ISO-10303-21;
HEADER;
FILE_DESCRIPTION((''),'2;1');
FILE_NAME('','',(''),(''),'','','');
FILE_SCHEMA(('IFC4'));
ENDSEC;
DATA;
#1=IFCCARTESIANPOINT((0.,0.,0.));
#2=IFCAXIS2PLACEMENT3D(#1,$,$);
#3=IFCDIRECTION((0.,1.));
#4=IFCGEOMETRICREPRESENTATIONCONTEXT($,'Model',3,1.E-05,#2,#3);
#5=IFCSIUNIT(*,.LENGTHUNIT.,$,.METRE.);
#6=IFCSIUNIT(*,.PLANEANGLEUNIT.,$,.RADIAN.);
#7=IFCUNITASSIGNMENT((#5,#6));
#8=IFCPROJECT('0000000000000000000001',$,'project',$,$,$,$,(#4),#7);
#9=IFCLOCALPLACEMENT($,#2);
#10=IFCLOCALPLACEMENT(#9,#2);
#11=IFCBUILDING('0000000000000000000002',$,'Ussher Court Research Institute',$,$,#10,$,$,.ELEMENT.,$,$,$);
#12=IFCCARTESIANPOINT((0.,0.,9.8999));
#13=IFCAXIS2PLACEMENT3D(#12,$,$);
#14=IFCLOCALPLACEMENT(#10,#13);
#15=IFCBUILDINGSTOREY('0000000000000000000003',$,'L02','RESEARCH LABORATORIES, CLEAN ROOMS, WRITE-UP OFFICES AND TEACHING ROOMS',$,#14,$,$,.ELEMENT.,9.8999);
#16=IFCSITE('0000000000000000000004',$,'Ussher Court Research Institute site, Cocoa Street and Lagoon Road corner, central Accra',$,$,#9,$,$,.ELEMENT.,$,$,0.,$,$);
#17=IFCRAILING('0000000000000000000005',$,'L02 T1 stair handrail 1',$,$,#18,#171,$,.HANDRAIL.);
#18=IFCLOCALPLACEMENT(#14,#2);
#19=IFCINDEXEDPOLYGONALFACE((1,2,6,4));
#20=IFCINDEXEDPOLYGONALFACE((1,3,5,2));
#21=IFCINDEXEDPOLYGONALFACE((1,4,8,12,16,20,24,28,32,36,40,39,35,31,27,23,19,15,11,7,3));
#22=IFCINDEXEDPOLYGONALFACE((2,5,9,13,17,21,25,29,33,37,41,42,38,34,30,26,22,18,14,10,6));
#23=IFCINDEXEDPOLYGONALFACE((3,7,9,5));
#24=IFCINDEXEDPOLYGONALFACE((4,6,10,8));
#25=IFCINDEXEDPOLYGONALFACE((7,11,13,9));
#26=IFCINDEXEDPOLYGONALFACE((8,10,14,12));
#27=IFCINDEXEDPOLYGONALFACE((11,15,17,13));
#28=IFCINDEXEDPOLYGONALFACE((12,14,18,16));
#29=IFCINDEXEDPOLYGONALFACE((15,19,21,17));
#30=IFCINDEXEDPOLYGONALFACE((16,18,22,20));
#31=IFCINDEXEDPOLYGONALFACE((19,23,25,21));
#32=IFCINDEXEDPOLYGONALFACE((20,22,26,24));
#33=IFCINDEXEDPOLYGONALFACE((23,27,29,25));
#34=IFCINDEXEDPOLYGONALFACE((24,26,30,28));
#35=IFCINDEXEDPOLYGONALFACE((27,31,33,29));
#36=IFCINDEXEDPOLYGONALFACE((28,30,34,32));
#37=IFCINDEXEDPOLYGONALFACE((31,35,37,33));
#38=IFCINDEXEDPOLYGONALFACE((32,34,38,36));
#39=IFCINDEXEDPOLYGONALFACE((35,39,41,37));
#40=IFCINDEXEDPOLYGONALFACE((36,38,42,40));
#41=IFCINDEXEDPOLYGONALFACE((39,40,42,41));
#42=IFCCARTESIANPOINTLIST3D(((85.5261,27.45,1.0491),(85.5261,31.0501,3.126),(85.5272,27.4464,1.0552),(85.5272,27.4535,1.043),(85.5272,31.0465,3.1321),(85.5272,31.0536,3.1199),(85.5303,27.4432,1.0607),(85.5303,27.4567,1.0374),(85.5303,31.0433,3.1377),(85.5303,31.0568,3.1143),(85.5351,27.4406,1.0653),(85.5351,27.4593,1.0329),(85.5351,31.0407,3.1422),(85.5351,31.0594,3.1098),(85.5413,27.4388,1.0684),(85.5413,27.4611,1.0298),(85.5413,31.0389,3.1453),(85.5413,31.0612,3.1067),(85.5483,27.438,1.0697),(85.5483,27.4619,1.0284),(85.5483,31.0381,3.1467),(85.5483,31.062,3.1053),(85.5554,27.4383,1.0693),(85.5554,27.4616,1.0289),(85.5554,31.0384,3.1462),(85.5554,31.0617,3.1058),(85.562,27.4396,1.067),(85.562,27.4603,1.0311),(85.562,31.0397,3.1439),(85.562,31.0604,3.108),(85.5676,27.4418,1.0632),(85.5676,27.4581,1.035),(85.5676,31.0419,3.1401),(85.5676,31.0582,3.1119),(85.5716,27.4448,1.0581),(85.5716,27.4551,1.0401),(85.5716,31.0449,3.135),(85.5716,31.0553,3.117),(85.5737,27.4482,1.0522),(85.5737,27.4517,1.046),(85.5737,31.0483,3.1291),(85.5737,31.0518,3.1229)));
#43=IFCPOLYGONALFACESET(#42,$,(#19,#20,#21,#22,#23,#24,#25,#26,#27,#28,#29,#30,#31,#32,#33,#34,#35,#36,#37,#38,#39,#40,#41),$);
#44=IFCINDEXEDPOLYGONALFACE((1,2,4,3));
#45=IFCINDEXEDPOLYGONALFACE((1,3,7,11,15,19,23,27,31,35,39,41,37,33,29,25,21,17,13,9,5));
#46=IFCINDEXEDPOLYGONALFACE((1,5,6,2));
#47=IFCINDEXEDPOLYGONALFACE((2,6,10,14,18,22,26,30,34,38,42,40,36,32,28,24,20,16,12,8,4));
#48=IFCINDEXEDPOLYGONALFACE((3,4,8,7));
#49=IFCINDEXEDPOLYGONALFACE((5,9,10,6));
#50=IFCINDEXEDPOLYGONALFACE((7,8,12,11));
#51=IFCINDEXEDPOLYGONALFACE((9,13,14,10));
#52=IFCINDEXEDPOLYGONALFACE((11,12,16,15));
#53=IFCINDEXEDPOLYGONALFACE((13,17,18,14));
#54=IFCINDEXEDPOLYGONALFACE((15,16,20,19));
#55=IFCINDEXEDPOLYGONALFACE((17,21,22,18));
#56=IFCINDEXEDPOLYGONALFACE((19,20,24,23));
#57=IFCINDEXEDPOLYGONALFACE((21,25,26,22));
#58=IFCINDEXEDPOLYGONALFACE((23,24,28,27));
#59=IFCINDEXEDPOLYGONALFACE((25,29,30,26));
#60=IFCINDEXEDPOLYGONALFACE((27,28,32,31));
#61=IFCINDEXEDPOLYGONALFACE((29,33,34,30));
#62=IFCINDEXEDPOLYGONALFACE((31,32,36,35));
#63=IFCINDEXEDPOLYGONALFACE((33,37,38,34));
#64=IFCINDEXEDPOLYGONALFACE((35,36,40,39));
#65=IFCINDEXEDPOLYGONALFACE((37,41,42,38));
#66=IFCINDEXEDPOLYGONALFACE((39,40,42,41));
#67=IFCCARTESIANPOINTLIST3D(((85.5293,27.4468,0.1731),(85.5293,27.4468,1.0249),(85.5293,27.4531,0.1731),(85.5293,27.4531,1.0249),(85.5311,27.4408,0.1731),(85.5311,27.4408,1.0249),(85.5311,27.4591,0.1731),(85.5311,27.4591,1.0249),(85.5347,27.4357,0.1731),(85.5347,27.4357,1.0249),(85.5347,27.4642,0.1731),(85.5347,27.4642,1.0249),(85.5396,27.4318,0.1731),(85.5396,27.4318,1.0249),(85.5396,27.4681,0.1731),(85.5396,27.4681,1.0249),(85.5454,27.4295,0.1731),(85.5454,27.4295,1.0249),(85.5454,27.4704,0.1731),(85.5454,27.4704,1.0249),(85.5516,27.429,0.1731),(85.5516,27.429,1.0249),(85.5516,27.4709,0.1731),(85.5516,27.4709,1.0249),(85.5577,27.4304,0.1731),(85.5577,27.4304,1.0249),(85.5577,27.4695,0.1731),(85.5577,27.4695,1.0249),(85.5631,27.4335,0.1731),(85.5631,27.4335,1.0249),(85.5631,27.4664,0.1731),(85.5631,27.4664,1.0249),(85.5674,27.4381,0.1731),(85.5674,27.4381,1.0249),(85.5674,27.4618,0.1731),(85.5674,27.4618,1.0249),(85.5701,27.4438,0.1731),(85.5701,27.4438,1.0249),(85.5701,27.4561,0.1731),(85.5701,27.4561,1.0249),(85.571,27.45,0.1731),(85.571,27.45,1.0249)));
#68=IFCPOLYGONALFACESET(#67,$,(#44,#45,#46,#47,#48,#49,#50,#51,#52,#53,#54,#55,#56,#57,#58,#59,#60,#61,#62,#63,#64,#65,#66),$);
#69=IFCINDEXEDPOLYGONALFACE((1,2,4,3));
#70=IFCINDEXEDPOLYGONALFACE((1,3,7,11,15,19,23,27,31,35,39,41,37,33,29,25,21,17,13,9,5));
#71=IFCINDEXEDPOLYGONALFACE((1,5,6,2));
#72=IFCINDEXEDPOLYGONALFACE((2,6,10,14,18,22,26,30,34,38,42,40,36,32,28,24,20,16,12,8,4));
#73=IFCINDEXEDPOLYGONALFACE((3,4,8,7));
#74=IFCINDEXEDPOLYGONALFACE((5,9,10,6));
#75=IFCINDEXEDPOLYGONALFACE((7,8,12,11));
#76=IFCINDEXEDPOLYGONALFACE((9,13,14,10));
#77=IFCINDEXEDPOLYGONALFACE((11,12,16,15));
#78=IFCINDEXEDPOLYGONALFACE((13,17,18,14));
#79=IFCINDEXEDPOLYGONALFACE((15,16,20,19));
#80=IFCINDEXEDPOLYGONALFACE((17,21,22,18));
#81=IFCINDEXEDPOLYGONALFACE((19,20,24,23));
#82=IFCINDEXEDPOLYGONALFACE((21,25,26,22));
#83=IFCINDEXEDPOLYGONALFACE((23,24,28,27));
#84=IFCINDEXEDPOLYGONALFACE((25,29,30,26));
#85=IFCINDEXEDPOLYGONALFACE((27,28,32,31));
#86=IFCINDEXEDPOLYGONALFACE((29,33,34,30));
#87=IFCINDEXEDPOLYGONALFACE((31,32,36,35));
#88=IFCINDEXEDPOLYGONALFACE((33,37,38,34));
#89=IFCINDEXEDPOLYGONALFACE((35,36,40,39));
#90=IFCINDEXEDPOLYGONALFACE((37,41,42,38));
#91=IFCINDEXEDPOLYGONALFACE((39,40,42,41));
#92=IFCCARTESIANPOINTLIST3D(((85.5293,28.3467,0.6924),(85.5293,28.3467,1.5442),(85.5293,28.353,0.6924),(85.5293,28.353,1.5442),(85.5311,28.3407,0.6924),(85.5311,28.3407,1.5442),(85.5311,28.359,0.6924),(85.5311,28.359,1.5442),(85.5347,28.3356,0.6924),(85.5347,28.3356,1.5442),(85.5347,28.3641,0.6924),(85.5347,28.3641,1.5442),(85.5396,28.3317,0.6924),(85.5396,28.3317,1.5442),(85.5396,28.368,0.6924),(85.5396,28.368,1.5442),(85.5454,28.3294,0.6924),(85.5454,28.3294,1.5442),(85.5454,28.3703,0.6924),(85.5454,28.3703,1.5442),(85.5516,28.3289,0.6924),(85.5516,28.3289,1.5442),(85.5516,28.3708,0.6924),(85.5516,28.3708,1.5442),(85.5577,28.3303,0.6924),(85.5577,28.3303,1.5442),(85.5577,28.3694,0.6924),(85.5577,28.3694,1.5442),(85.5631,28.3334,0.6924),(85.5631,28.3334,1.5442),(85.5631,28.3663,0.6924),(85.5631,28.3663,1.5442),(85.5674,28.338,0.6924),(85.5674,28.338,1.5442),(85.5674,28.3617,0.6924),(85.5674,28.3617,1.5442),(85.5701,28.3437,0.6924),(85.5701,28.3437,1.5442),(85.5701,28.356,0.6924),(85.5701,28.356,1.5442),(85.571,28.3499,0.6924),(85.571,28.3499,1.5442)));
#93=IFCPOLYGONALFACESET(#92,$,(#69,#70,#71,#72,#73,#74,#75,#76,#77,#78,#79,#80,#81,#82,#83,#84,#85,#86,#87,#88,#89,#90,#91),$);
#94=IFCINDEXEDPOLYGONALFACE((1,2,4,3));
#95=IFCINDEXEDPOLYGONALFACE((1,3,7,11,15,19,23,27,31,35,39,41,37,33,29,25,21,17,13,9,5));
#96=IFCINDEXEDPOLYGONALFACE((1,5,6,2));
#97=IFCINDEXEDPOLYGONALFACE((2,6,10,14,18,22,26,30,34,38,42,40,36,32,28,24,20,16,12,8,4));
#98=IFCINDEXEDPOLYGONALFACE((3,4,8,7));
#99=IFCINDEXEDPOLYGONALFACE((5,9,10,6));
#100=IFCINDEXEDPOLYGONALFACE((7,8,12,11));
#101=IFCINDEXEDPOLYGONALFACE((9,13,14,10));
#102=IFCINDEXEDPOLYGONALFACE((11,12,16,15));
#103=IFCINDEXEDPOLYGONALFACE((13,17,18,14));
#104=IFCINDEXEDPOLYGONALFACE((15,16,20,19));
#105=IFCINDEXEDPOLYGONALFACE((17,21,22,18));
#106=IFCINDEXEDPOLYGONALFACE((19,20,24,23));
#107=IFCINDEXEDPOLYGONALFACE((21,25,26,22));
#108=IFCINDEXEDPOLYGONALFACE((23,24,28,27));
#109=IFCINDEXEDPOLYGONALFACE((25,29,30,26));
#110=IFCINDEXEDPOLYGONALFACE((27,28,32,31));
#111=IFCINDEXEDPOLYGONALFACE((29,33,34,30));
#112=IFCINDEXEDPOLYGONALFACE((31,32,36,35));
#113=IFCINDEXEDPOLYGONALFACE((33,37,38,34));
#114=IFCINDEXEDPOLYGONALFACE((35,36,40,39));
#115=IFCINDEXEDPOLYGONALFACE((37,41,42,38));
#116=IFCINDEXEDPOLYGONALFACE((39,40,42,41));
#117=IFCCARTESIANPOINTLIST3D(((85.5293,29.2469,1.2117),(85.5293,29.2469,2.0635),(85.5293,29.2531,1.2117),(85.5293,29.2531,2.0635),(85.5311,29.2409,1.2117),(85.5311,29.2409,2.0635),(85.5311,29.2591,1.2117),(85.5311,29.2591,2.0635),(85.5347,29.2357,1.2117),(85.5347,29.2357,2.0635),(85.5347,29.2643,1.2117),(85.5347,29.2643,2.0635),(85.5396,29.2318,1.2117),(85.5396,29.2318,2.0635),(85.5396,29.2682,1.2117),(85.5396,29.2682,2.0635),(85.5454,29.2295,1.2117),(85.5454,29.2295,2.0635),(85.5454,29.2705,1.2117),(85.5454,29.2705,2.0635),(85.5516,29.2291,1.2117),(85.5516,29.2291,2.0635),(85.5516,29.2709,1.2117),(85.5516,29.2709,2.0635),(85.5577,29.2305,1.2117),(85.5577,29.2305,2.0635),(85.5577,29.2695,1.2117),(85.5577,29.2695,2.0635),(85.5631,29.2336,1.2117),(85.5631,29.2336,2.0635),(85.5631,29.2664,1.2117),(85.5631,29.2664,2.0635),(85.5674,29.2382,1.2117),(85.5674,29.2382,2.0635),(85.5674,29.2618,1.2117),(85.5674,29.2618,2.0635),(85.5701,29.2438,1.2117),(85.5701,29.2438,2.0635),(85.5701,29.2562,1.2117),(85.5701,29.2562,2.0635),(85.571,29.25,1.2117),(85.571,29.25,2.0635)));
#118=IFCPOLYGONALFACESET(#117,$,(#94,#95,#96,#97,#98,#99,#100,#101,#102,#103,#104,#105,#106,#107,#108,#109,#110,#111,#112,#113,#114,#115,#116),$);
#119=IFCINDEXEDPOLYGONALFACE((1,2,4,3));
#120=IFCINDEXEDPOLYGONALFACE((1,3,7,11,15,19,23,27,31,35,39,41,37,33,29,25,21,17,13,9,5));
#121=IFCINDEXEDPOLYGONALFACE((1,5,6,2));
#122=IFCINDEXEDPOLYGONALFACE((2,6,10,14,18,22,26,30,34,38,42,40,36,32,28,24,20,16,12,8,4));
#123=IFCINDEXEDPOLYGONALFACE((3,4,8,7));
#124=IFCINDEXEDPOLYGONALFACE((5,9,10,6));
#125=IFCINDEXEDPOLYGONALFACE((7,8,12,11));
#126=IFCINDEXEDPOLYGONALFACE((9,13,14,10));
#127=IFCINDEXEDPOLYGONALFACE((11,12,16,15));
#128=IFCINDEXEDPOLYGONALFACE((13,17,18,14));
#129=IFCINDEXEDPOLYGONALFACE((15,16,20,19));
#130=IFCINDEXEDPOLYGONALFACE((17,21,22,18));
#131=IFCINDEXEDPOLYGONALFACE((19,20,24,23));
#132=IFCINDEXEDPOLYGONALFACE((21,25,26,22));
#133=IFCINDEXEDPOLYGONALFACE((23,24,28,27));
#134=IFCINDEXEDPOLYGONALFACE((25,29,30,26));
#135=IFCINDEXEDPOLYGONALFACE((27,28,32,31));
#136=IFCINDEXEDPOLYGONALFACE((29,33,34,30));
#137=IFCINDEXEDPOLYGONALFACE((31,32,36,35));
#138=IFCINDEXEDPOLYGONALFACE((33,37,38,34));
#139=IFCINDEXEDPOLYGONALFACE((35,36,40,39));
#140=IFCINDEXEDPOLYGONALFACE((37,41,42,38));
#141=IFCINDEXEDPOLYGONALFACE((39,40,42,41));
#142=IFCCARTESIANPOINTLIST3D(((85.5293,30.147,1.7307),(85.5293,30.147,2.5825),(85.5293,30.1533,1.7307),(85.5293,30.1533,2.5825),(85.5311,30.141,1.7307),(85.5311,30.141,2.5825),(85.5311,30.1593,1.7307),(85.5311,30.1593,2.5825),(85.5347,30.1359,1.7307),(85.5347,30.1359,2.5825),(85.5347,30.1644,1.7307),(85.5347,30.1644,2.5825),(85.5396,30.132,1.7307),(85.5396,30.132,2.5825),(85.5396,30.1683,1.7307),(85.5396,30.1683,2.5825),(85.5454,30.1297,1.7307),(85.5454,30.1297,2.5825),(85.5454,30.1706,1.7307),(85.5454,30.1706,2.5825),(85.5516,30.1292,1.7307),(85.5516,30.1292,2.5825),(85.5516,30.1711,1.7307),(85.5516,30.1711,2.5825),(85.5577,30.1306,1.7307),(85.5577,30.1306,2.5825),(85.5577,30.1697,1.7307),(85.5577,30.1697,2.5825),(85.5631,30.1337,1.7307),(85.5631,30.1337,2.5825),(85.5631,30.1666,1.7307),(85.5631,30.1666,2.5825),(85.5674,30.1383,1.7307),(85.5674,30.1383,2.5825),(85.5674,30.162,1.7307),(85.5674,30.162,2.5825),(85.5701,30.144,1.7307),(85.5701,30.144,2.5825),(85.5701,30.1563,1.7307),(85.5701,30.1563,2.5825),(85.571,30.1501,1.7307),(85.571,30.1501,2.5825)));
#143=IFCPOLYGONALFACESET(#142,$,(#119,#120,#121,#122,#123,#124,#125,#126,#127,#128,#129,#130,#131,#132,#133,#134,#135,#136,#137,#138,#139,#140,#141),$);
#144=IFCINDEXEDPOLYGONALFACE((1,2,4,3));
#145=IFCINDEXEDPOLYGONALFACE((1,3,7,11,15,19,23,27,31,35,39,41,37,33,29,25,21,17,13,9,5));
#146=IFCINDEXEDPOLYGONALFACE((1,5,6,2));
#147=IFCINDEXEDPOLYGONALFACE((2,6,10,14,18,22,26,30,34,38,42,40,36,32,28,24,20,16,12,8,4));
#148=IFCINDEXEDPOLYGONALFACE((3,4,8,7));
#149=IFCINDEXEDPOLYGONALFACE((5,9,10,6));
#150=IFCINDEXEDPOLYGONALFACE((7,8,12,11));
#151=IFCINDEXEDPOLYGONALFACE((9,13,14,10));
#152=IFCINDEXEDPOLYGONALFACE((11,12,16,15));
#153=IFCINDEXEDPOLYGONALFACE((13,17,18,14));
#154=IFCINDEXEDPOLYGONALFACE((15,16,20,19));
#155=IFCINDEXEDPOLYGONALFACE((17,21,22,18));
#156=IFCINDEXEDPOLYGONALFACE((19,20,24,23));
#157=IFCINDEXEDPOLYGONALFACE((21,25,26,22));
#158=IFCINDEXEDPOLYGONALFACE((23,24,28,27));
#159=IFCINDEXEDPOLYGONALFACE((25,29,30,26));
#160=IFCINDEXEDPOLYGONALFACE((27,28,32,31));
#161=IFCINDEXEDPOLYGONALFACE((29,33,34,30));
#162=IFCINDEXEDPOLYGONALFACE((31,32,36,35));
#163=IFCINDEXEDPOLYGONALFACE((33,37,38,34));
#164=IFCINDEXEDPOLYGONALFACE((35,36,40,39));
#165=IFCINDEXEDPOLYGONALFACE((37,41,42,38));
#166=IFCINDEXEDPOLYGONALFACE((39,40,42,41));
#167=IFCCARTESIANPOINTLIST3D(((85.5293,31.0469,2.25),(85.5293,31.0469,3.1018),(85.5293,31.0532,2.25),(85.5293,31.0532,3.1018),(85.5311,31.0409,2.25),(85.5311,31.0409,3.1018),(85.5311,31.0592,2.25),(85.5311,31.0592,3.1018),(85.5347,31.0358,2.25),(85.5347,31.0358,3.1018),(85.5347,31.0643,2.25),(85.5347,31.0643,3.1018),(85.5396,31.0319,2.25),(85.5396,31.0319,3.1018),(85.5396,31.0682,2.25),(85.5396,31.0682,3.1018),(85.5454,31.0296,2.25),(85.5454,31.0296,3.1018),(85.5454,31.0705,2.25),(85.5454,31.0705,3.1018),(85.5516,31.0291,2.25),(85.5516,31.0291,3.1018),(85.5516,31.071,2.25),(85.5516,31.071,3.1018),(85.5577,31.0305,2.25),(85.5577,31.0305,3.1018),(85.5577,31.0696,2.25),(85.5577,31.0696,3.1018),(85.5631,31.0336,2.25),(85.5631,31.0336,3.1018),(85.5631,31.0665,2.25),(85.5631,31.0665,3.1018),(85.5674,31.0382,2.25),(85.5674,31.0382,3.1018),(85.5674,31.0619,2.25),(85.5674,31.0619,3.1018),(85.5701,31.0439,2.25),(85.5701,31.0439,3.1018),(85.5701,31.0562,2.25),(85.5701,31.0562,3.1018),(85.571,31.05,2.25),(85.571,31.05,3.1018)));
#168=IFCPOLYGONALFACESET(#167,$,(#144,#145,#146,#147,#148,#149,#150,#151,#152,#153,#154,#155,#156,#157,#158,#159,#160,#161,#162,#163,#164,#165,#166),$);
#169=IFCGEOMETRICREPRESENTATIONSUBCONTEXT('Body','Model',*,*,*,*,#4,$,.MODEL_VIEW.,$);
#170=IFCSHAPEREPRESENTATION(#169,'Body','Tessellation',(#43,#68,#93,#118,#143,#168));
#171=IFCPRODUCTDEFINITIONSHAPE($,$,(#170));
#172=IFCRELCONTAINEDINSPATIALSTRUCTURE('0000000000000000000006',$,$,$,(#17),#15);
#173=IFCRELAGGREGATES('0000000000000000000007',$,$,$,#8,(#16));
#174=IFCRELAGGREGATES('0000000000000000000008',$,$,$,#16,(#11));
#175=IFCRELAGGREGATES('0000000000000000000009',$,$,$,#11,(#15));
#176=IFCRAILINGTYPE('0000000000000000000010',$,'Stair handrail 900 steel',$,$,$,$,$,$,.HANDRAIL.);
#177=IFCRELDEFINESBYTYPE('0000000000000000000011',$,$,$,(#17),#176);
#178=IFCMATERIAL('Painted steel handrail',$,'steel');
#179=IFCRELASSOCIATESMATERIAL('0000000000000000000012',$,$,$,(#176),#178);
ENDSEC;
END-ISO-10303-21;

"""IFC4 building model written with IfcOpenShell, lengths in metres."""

from ifc_helpers import new_model, si_unit, direction, frame, origin, origin_2d, place, context, subcontext, project, spatial, circle, extrude, material, type_object, element, save


model = new_model("IFC4")

# Units and contexts
model_context = context("Model", 3, precision=1e-05, world=origin(), true_north=direction((0.0, 1.0)))
body_context = subcontext(model_context, "Body", "Model", "MODEL_VIEW")
ifc_project = project(units=[si_unit("LENGTHUNIT", "METRE"), si_unit("PLANEANGLEUNIT", "RADIAN")], contexts=[model_context])

# Site, building, storey
site_placement = place(None, origin())
site = spatial("IfcSite", under=ifc_project, at=site_placement, Name="Ussher Court Research Institute site, Cocoa Street and Lagoon Road corner, central Accra", CompositionType="ELEMENT", RefElevation=0.0)
building_placement = place(site_placement, origin())
building = spatial("IfcBuilding", under=site, at=building_placement, Name="Ussher Court Research Institute", CompositionType="ELEMENT")
storey_placement = place(building_placement, frame((0.0, 0.0, 9.8999)))
storey = spatial("IfcBuildingStorey", under=building, at=storey_placement, Name="L02", Description="RESEARCH LABORATORIES, CLEAN ROOMS, WRITE-UP OFFICES AND TEACHING ROOMS", CompositionType="ELEMENT", Elevation=9.8999)

# Railing
ifc_material_1 = material(Name="Painted steel handrail", Category="steel")
railing_type_1 = type_object("IfcRailingType", Name="Stair handrail 900 steel", PredefinedType="HANDRAIL", material=ifc_material_1)
railing_1_placement = place(storey_placement, frame((85.55, 27.45, 0.1731)))
element("IfcRailing", 1, at=railing_1_placement, inside=storey, type_object=railing_type_1, Name="L02 T1 stair handrail 1", PredefinedType="HANDRAIL", context=body_context, shape_type="SweptSolid", body=[
    extrude(circle(Radius=0.0239, at=origin_2d()), frame((0.0, 0.0, 0.876), z_axis=(0.0, 0.866193, 0.499709), x_axis=(-1.0, 0.0, 0.0)), (0.0, 0.0, 1.0), 4.1562),
    extrude(circle(Radius=0.021, at=origin_2d()), origin(), (0.0, 0.0, 1.0), 0.8518),
    extrude(circle(Radius=0.021, at=origin_2d()), frame((0.0, 0.8999, 0.5193)), (0.0, 0.0, 1.0), 0.8518),
    extrude(circle(Radius=0.021, at=origin_2d()), frame((0.0, 1.8, 1.0386)), (0.0, 0.0, 1.0), 0.8518),
    extrude(circle(Radius=0.021, at=origin_2d()), frame((0.0, 2.7002, 1.5576)), (0.0, 0.0, 1.0), 0.8518),
    extrude(circle(Radius=0.021, at=origin_2d()), frame((0.0, 3.6001, 2.0769)), (0.0, 0.0, 1.0), 0.8518),
])

save(model, "model.ifc")
